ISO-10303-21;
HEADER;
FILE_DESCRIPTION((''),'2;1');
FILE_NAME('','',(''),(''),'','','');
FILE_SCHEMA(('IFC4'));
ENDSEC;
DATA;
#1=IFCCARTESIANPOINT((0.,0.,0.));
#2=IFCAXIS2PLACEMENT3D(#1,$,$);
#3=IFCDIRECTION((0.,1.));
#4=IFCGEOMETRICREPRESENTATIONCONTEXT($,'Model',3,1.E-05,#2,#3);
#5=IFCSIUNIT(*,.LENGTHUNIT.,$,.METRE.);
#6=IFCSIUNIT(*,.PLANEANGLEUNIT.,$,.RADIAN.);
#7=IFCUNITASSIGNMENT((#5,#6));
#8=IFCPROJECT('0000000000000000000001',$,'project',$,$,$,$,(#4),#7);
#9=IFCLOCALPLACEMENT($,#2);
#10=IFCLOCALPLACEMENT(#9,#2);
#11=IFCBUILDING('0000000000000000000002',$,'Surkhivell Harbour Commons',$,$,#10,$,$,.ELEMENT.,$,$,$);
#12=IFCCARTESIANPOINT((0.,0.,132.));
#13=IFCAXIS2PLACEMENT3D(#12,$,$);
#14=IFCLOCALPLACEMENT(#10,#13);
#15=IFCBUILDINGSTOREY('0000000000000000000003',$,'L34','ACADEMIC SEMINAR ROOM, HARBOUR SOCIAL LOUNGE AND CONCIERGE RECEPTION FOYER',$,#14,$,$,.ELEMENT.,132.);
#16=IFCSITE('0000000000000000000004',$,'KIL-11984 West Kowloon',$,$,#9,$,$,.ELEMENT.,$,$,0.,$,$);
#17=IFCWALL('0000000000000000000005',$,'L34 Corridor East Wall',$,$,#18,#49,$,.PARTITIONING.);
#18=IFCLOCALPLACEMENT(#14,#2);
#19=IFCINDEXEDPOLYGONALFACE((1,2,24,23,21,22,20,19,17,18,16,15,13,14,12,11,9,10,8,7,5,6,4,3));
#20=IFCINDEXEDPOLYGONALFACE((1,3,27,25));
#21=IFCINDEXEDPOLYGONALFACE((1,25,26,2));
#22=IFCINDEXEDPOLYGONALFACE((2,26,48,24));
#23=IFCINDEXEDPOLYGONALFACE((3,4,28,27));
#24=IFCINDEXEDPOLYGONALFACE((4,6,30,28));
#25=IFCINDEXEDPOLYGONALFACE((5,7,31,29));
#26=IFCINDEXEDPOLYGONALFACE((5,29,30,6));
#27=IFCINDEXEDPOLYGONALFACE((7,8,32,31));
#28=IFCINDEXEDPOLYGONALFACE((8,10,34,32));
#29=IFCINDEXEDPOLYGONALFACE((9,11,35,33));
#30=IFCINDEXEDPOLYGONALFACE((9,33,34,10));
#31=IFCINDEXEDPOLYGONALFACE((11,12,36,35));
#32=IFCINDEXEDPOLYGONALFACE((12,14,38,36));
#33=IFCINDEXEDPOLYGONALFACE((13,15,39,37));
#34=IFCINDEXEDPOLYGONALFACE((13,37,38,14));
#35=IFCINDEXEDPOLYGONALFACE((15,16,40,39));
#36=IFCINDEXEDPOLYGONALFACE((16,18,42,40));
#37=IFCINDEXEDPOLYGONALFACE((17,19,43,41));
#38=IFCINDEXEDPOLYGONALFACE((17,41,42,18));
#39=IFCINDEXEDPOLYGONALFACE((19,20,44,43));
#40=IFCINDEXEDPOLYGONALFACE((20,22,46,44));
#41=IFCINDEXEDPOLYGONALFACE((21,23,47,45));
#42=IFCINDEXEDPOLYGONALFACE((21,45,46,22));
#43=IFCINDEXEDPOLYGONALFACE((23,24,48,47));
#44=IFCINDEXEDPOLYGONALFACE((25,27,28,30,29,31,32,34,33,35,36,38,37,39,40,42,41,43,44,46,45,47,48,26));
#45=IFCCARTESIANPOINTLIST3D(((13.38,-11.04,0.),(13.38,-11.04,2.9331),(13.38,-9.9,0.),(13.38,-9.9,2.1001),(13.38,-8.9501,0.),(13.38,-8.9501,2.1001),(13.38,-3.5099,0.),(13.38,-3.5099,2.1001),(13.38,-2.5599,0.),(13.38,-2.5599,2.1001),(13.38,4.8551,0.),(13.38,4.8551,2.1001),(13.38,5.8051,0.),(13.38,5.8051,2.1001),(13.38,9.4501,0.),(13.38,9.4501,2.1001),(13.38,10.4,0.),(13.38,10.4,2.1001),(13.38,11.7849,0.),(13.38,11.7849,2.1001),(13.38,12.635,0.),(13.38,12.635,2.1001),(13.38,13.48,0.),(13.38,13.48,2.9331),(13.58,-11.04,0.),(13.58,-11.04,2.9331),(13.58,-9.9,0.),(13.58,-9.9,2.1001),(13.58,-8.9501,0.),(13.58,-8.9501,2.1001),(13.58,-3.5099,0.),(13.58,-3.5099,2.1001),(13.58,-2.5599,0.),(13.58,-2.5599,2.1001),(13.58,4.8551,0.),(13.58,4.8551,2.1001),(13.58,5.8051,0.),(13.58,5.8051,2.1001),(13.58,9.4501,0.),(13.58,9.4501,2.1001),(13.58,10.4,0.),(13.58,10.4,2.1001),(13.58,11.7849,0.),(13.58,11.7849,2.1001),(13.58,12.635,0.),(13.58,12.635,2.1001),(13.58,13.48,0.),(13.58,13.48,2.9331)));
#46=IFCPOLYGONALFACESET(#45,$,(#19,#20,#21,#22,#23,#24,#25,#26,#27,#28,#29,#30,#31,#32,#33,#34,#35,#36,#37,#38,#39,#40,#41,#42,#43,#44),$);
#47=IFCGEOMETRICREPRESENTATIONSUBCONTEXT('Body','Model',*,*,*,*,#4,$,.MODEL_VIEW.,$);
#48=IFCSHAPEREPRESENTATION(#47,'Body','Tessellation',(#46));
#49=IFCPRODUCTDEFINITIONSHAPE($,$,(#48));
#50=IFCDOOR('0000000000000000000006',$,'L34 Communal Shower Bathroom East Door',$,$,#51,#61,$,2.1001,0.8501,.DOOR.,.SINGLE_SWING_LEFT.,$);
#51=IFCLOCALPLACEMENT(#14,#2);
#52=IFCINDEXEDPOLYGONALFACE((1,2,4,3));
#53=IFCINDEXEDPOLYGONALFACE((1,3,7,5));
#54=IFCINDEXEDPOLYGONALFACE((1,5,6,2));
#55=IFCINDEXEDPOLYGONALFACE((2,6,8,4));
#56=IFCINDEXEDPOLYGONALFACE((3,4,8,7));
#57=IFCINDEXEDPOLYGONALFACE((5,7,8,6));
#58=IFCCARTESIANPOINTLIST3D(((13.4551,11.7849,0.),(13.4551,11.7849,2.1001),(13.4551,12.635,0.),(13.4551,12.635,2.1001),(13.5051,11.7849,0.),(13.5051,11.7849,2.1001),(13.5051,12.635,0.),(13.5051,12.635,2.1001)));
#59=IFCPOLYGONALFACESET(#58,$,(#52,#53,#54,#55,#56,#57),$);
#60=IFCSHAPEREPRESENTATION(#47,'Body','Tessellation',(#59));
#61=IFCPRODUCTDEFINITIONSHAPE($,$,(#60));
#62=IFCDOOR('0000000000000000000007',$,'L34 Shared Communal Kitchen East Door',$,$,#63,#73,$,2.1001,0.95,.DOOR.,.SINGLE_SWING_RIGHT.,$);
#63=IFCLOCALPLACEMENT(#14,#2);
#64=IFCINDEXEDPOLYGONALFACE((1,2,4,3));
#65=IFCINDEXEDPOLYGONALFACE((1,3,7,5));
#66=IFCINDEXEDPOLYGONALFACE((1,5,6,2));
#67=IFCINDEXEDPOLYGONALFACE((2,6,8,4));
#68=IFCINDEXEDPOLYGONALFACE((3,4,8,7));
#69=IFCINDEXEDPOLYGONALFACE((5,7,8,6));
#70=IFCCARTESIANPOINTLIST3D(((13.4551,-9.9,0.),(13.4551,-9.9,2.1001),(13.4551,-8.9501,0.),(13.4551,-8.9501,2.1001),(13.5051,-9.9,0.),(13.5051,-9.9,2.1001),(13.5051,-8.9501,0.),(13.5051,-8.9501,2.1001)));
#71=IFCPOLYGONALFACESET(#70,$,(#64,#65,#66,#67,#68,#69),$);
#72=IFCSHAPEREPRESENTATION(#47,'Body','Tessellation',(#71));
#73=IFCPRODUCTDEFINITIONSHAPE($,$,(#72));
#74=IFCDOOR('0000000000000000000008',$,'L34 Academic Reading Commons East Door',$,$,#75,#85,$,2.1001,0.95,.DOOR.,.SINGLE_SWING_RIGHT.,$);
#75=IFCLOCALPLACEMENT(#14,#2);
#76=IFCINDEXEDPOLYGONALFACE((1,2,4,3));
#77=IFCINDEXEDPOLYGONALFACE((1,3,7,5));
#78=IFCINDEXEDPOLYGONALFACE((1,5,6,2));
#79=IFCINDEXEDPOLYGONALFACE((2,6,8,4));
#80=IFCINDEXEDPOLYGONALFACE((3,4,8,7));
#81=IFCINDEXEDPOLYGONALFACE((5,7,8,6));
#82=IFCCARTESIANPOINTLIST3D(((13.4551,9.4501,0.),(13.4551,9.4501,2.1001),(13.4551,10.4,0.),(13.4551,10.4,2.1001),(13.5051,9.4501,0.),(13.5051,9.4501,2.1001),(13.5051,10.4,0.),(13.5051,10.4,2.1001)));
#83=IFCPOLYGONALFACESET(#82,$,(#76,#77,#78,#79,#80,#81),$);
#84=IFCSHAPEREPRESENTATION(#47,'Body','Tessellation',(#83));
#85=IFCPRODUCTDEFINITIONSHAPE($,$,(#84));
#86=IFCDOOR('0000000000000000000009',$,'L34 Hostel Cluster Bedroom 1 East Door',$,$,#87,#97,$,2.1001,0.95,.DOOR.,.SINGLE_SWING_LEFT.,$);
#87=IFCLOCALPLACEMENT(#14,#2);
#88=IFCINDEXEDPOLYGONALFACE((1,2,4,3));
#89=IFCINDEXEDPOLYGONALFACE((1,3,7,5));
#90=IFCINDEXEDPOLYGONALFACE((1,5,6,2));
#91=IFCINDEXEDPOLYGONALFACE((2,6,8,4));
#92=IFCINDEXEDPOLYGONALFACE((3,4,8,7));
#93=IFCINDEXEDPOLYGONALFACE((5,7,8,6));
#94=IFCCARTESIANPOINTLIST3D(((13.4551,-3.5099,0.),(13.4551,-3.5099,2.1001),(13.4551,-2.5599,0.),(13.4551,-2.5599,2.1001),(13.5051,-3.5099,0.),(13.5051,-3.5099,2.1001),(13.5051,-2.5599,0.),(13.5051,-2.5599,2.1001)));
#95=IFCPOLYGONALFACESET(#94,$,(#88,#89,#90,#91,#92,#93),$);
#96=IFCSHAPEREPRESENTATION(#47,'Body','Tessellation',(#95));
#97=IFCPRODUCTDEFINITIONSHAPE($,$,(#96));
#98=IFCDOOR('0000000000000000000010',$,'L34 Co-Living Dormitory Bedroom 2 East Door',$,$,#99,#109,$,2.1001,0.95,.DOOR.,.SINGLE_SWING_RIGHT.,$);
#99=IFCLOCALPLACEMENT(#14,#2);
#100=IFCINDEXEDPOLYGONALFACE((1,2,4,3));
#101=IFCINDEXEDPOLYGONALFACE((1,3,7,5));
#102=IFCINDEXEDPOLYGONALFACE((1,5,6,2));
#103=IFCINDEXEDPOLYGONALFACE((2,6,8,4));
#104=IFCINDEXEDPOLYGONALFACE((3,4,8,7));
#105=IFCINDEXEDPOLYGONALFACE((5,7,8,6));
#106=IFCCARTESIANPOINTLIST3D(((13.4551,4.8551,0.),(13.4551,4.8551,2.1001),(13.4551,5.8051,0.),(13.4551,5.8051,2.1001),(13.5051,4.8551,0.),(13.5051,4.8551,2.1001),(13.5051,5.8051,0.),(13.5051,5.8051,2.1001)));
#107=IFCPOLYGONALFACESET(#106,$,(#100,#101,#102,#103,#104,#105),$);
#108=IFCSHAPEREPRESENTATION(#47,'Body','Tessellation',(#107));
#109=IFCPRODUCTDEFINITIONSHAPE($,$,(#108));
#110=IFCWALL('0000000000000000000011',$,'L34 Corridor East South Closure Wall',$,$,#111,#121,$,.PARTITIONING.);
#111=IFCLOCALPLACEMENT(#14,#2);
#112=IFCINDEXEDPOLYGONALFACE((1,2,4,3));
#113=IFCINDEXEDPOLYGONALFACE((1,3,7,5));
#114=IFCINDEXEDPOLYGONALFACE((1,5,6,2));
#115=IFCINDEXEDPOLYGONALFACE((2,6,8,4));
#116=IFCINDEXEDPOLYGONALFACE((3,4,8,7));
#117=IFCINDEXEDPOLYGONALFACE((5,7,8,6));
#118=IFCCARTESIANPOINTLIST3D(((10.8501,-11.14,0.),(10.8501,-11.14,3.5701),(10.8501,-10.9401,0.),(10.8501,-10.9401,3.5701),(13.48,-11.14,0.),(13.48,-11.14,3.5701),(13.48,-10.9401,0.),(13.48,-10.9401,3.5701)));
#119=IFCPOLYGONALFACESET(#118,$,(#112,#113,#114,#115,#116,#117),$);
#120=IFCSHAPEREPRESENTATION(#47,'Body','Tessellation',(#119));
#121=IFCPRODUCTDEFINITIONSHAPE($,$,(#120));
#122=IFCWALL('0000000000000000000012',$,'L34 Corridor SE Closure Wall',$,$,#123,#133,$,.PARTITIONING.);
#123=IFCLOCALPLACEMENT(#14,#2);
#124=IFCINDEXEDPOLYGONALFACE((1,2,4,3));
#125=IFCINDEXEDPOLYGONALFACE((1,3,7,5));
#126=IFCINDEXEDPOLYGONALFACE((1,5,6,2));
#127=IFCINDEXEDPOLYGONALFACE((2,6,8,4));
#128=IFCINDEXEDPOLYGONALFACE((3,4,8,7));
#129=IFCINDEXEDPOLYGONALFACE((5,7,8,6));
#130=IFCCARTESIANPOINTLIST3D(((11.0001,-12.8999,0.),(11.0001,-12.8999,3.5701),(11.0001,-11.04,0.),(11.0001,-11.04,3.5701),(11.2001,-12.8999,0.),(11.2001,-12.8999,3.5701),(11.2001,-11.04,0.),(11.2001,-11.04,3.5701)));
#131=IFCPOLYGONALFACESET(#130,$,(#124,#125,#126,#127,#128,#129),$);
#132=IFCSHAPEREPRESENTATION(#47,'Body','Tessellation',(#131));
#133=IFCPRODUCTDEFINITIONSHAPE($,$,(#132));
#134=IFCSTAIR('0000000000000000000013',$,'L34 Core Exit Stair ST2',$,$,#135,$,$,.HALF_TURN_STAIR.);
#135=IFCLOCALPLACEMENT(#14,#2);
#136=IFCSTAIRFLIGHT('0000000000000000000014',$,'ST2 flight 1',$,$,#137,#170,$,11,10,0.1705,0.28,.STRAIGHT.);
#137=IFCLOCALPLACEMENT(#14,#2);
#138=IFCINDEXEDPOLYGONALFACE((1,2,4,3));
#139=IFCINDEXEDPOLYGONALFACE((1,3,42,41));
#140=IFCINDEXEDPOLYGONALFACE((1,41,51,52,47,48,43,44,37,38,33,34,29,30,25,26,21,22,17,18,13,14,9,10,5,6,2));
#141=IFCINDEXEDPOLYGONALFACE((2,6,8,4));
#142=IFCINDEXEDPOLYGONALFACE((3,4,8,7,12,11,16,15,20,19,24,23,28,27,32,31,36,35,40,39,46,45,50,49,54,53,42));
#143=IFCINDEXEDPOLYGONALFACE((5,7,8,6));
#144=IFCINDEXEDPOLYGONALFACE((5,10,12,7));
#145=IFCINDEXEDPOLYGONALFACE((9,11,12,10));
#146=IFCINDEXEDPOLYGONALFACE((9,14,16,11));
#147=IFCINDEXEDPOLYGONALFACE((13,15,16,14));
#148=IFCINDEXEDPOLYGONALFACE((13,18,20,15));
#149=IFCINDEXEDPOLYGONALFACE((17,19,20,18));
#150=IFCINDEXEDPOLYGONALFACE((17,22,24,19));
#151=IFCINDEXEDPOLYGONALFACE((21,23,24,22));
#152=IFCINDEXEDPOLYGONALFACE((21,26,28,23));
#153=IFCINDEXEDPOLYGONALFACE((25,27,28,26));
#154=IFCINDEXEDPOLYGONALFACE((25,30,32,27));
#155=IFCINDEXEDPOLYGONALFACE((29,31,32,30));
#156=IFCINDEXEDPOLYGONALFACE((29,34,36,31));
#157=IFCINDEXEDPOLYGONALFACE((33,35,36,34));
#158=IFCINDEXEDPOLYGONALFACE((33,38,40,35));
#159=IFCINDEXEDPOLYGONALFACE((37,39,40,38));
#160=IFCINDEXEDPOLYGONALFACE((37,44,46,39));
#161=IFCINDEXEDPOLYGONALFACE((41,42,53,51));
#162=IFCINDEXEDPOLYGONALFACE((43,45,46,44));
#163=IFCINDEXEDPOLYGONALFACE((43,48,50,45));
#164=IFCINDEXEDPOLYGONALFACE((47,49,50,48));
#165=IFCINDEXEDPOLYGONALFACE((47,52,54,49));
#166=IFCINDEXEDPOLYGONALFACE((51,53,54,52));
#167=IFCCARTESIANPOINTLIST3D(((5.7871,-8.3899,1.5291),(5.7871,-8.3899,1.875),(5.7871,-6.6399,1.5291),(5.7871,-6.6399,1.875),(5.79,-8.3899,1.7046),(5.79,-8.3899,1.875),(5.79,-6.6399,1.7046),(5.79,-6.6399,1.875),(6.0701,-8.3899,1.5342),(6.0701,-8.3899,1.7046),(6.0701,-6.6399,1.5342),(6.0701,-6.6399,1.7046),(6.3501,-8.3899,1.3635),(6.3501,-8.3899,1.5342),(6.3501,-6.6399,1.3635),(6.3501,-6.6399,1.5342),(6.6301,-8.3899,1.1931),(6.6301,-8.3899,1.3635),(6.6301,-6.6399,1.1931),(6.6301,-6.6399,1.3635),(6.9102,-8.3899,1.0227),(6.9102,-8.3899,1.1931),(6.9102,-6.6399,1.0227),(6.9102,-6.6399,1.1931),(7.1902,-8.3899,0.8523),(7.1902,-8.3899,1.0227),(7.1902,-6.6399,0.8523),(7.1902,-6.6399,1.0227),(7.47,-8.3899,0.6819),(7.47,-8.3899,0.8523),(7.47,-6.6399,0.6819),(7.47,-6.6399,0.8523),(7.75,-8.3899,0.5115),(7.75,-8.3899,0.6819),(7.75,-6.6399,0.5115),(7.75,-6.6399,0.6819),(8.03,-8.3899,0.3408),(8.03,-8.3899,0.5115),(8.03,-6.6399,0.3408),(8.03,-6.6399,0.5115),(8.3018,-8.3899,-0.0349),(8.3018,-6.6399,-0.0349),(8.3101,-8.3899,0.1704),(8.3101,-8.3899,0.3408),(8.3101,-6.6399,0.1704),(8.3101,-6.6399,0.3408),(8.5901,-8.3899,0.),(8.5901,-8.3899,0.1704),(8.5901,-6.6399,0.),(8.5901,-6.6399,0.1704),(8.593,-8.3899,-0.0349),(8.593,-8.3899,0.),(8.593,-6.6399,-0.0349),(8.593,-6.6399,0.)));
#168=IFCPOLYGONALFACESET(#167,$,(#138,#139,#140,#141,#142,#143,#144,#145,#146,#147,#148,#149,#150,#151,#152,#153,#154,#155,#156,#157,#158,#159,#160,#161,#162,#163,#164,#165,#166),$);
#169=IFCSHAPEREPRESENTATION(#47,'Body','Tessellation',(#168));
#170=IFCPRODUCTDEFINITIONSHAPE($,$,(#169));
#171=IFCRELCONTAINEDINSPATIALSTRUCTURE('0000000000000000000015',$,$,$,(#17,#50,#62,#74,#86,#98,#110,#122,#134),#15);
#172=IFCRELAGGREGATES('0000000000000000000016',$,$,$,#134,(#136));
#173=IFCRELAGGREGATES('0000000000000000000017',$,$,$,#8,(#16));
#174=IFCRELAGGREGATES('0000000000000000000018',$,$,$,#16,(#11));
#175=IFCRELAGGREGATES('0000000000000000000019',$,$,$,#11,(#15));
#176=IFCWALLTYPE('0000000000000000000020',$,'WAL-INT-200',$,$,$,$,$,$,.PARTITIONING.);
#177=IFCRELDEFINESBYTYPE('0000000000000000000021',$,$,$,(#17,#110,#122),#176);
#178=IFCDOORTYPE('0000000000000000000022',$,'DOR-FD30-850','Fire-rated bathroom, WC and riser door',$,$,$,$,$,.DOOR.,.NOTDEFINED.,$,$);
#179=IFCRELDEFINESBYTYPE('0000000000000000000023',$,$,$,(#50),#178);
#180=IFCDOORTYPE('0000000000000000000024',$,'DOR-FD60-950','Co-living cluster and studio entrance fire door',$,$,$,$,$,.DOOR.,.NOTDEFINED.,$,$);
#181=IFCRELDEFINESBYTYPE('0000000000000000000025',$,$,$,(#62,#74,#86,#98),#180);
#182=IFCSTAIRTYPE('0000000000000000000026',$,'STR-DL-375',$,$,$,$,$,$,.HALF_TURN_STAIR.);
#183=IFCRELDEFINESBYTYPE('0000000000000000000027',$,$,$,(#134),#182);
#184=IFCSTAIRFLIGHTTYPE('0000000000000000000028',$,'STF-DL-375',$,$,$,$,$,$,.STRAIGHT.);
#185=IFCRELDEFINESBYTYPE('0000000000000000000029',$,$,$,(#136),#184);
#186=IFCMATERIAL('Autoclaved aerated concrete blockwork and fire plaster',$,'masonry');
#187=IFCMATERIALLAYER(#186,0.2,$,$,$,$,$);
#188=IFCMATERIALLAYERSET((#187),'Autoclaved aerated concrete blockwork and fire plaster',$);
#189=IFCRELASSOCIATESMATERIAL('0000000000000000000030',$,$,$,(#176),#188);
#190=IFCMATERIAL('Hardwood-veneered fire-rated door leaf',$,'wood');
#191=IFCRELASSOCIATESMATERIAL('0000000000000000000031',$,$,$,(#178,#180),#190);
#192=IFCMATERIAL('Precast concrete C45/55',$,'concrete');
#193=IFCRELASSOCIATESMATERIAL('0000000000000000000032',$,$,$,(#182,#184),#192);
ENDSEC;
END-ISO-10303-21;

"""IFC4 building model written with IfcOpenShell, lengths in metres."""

from ifc_helpers import new_model, si_unit, direction, frame, frame_2d, origin, place, context, subcontext, project, spatial, polyline, rectangle, outline, extrude, material, layer, layer_set, type_object, element, fill, aggregate, save


model = new_model("IFC4")

# Units and contexts
model_context = context("Model", 3, precision=1e-05, world=origin(), true_north=direction((0.0, 1.0)))
body_context = subcontext(model_context, "Body", "Model", "MODEL_VIEW")
ifc_project = project(units=[si_unit("LENGTHUNIT", "METRE"), si_unit("PLANEANGLEUNIT", "RADIAN")], contexts=[model_context])

# Site, building, storey
site_placement = place(None, origin())
site = spatial("IfcSite", under=ifc_project, at=site_placement, Name="KIL-11984 West Kowloon", CompositionType="ELEMENT", RefElevation=0.0)
building_placement = place(site_placement, origin())
building = spatial("IfcBuilding", under=site, at=building_placement, Name="Surkhivell Harbour Commons", CompositionType="ELEMENT")
storey_placement = place(building_placement, frame((0.0, 0.0, 132.0)))
storey = spatial("IfcBuildingStorey", under=building, at=storey_placement, Name="L34", Description="ACADEMIC SEMINAR ROOM, HARBOUR SOCIAL LOUNGE AND CONCIERGE RECEPTION FOYER", CompositionType="ELEMENT", Elevation=132.0)

# Shared definitions
ifc_material_1 = material(Name="Autoclaved aerated concrete blockwork and fire plaster", Category="masonry")
ifc_layer_1 = layer(ifc_material_1, 0.2)
ifc_layer_set_1 = layer_set([ifc_layer_1], Name="Autoclaved aerated concrete blockwork and fire plaster")
wall_type_1 = type_object("IfcWallType", Name="WAL-INT-200", PredefinedType="PARTITIONING", material=ifc_layer_set_1)

# Wall, openings, doors
wall_1_placement = place(storey_placement, frame((13.48, -11.04, 0.0), z_axis=(0.0, 0.0, 1.0), x_axis=(0.0, 1.0, 0.0)))
wall_1 = element("IfcWall", 1, at=wall_1_placement, inside=storey, type_object=wall_type_1, Name="L34 Corridor East Wall", PredefinedType="PARTITIONING", context=body_context, shape_type="SweptSolid", body=[
    extrude(rectangle(XDim=24.52, YDim=0.2, at=frame_2d((12.26, 0.0))), origin(), (0.0, 0.0, 1.0), 2.9331),
])
opening_1_placement = place(wall_1_placement, frame((1.1399, 0.0, 0.0)))
opening_1 = element("IfcOpeningElement", 2, at=opening_1_placement, cuts=wall_1, PredefinedType="OPENING", context=body_context, shape_type="SweptSolid", body=[
    extrude(rectangle(XDim=0.95, YDim=2.1001, at=frame_2d((0.4751, 1.05))), frame((0.0, 0.1099, 0.0), z_axis=(0.0, -1.0, 0.0), x_axis=(1.0, 0.0, 0.0)), (0.0, 0.0, 1.0), 0.22),
])
opening_2_placement = place(wall_1_placement, frame((22.825, 0.0, 0.0)))
opening_2 = element("IfcOpeningElement", 3, at=opening_2_placement, cuts=wall_1, PredefinedType="OPENING", context=body_context, shape_type="SweptSolid", body=[
    extrude(rectangle(XDim=0.8501, YDim=2.1001, at=frame_2d((0.425, 1.05))), frame((0.0, 0.1099, 0.0), z_axis=(0.0, -1.0, 0.0), x_axis=(1.0, 0.0, 0.0)), (0.0, 0.0, 1.0), 0.22),
])
opening_3_placement = place(wall_1_placement, frame((20.49, 0.0, 0.0)))
opening_3 = element("IfcOpeningElement", 4, at=opening_3_placement, cuts=wall_1, PredefinedType="OPENING", context=body_context, shape_type="SweptSolid", body=[
    extrude(rectangle(XDim=0.95, YDim=2.1001, at=frame_2d((0.4751, 1.05))), frame((0.0, 0.1099, 0.0), z_axis=(0.0, -1.0, 0.0), x_axis=(1.0, 0.0, 0.0)), (0.0, 0.0, 1.0), 0.22),
])
opening_4_placement = place(wall_1_placement, frame((7.53, 0.0, 0.0)))
opening_4 = element("IfcOpeningElement", 5, at=opening_4_placement, cuts=wall_1, PredefinedType="OPENING", context=body_context, shape_type="SweptSolid", body=[
    extrude(rectangle(XDim=0.95, YDim=2.1001, at=frame_2d((0.4751, 1.05))), frame((0.0, 0.1099, 0.0), z_axis=(0.0, -1.0, 0.0), x_axis=(1.0, 0.0, 0.0)), (0.0, 0.0, 1.0), 0.22),
])
opening_5_placement = place(wall_1_placement, frame((15.895, 0.0, 0.0)))
opening_5 = element("IfcOpeningElement", 6, at=opening_5_placement, cuts=wall_1, PredefinedType="OPENING", context=body_context, shape_type="SweptSolid", body=[
    extrude(rectangle(XDim=0.95, YDim=2.1001, at=frame_2d((0.4751, 1.05))), frame((0.0, 0.1099, 0.0), z_axis=(0.0, -1.0, 0.0), x_axis=(1.0, 0.0, 0.0)), (0.0, 0.0, 1.0), 0.22),
])
ifc_material_2 = material(Name="Hardwood-veneered fire-rated door leaf", Category="wood")
door_type_1 = type_object("IfcDoorType", Name="DOR-FD30-850", Description="Fire-rated bathroom, WC and riser door", OperationType="NOTDEFINED", PredefinedType="DOOR", material=ifc_material_2)
door_1_placement = place(opening_2_placement, origin())
door_1 = element("IfcDoor", 7, at=door_1_placement, inside=storey, type_object=door_type_1, Name="L34 Communal Shower Bathroom East Door", OperationType="SINGLE_SWING_LEFT", OverallHeight=2.1001, OverallWidth=0.8501, PredefinedType="DOOR", context=body_context, shape_type="SweptSolid", body=[
    extrude(rectangle(XDim=0.8501, YDim=2.1001, at=frame_2d((0.425, 1.05))), frame((0.0, 0.0249, 0.0), z_axis=(0.0, -1.0, 0.0), x_axis=(1.0, 0.0, 0.0)), (0.0, 0.0, 1.0), 0.05),
])
fill(opening_2, door_1)
door_type_2 = type_object("IfcDoorType", Name="DOR-FD60-950", Description="Co-living cluster and studio entrance fire door", OperationType="NOTDEFINED", PredefinedType="DOOR", material=ifc_material_2)
door_2_placement = place(opening_1_placement, origin())
door_2 = element("IfcDoor", 8, at=door_2_placement, inside=storey, type_object=door_type_2, Name="L34 Shared Communal Kitchen East Door", OperationType="SINGLE_SWING_RIGHT", OverallHeight=2.1001, OverallWidth=0.95, PredefinedType="DOOR", context=body_context, shape_type="SweptSolid", body=[
    extrude(rectangle(XDim=0.95, YDim=2.1001, at=frame_2d((0.4751, 1.05))), frame((0.0, 0.0249, 0.0), z_axis=(0.0, -1.0, 0.0), x_axis=(1.0, 0.0, 0.0)), (0.0, 0.0, 1.0), 0.05),
])
fill(opening_1, door_2)
door_3_placement = place(opening_3_placement, origin())
door_3 = element("IfcDoor", 9, at=door_3_placement, inside=storey, type_object=door_type_2, Name="L34 Academic Reading Commons East Door", OperationType="SINGLE_SWING_RIGHT", OverallHeight=2.1001, OverallWidth=0.95, PredefinedType="DOOR", context=body_context, shape_type="SweptSolid", body=[
    extrude(rectangle(XDim=0.95, YDim=2.1001, at=frame_2d((0.4751, 1.05))), frame((0.0, 0.0249, 0.0), z_axis=(0.0, -1.0, 0.0), x_axis=(1.0, 0.0, 0.0)), (0.0, 0.0, 1.0), 0.05),
])
fill(opening_3, door_3)
door_4_placement = place(opening_4_placement, origin())
door_4 = element("IfcDoor", 10, at=door_4_placement, inside=storey, type_object=door_type_2, Name="L34 Hostel Cluster Bedroom 1 East Door", OperationType="SINGLE_SWING_LEFT", OverallHeight=2.1001, OverallWidth=0.95, PredefinedType="DOOR", context=body_context, shape_type="SweptSolid", body=[
    extrude(rectangle(XDim=0.95, YDim=2.1001, at=frame_2d((0.4751, 1.05))), frame((0.0, 0.0249, 0.0), z_axis=(0.0, -1.0, 0.0), x_axis=(1.0, 0.0, 0.0)), (0.0, 0.0, 1.0), 0.05),
])
fill(opening_4, door_4)
door_5_placement = place(opening_5_placement, origin())
door_5 = element("IfcDoor", 11, at=door_5_placement, inside=storey, type_object=door_type_2, Name="L34 Co-Living Dormitory Bedroom 2 East Door", OperationType="SINGLE_SWING_RIGHT", OverallHeight=2.1001, OverallWidth=0.95, PredefinedType="DOOR", context=body_context, shape_type="SweptSolid", body=[
    extrude(rectangle(XDim=0.95, YDim=2.1001, at=frame_2d((0.4751, 1.05))), frame((0.0, 0.0249, 0.0), z_axis=(0.0, -1.0, 0.0), x_axis=(1.0, 0.0, 0.0)), (0.0, 0.0, 1.0), 0.05),
])
fill(opening_5, door_5)

# Walls
wall_2_placement = place(storey_placement, frame((10.8501, -11.04, 0.0), z_axis=(0.0, 0.0, 1.0), x_axis=(1.0, 0.0, 0.0)))
element("IfcWall", 12, at=wall_2_placement, inside=storey, type_object=wall_type_1, Name="L34 Corridor East South Closure Wall", PredefinedType="PARTITIONING", context=body_context, shape_type="SweptSolid", body=[
    extrude(rectangle(XDim=2.6299, YDim=0.2, at=frame_2d((1.3149, 0.0))), origin(), (0.0, 0.0, 1.0), 3.5701),
])
wall_3_placement = place(storey_placement, frame((11.1001, -12.8999, 0.0), z_axis=(0.0, 0.0, 1.0), x_axis=(0.0, 1.0, 0.0)))
element("IfcWall", 13, at=wall_3_placement, inside=storey, type_object=wall_type_1, Name="L34 Corridor SE Closure Wall", PredefinedType="PARTITIONING", context=body_context, shape_type="SweptSolid", body=[
    extrude(rectangle(XDim=1.8599, YDim=0.2, at=frame_2d((0.9299, 0.0))), origin(), (0.0, 0.0, 1.0), 3.5701),
])

# Stair, stair flight
ifc_material_3 = material(Name="Precast concrete C45/55", Category="concrete")
stair_type = type_object("IfcStairType", Name="STR-DL-375", PredefinedType="HALF_TURN_STAIR", material=ifc_material_3)
stair_placement = place(storey_placement, origin())
stair = element("IfcStair", 14, at=stair_placement, inside=storey, type_object=stair_type, Name="L34 Core Exit Stair ST2", PredefinedType="HALF_TURN_STAIR")
stair_flight_type = type_object("IfcStairFlightType", Name="STF-DL-375", PredefinedType="STRAIGHT", material=ifc_material_3)
stair_flight_placement = place(storey_placement, frame((8.5901, -7.5149, 0.0), z_axis=(0.0, 0.0, 1.0), x_axis=(-1.0, 0.0, 0.0)))
stair_flight = element("IfcStairFlight", 15, at=stair_flight_placement, type_object=stair_flight_type, Name="ST2 flight 1", NumberOfRisers=11, NumberOfTreads=10, PredefinedType="STRAIGHT", RiserHeight=0.1705, TreadLength=0.28, context=body_context, shape_type="SweptSolid", body=[
    extrude(outline(polyline([(-0.0029, -0.0349), (-0.0029, 0.0), (0.0, 0.0), (0.0, 0.1704), (0.28, 0.1704), (0.28, 0.3408), (0.5601, 0.3408), (0.5601, 0.5115), (0.8401, 0.5115), (0.8401, 0.6819), (1.1201, 0.6819), (1.1201, 0.8523), (1.3999, 0.8523), (1.3999, 1.0227), (1.6799, 1.0227), (1.6799, 1.1931), (1.96, 1.1931), (1.96, 1.3635), (2.24, 1.3635), (2.24, 1.5342), (2.52, 1.5342), (2.52, 1.7046), (2.8, 1.7046), (2.8, 1.875), (2.803, 1.875), (2.803, 1.5291), (0.2883, -0.0349), (-0.0029, -0.0349)])), frame((0.0, 0.875, 0.0), z_axis=(0.0, -1.0, 0.0), x_axis=(1.0, 0.0, 0.0)), (0.0, 0.0, 1.0), 1.75),
])
aggregate(stair, [stair_flight])

save(model, "model.ifc")
